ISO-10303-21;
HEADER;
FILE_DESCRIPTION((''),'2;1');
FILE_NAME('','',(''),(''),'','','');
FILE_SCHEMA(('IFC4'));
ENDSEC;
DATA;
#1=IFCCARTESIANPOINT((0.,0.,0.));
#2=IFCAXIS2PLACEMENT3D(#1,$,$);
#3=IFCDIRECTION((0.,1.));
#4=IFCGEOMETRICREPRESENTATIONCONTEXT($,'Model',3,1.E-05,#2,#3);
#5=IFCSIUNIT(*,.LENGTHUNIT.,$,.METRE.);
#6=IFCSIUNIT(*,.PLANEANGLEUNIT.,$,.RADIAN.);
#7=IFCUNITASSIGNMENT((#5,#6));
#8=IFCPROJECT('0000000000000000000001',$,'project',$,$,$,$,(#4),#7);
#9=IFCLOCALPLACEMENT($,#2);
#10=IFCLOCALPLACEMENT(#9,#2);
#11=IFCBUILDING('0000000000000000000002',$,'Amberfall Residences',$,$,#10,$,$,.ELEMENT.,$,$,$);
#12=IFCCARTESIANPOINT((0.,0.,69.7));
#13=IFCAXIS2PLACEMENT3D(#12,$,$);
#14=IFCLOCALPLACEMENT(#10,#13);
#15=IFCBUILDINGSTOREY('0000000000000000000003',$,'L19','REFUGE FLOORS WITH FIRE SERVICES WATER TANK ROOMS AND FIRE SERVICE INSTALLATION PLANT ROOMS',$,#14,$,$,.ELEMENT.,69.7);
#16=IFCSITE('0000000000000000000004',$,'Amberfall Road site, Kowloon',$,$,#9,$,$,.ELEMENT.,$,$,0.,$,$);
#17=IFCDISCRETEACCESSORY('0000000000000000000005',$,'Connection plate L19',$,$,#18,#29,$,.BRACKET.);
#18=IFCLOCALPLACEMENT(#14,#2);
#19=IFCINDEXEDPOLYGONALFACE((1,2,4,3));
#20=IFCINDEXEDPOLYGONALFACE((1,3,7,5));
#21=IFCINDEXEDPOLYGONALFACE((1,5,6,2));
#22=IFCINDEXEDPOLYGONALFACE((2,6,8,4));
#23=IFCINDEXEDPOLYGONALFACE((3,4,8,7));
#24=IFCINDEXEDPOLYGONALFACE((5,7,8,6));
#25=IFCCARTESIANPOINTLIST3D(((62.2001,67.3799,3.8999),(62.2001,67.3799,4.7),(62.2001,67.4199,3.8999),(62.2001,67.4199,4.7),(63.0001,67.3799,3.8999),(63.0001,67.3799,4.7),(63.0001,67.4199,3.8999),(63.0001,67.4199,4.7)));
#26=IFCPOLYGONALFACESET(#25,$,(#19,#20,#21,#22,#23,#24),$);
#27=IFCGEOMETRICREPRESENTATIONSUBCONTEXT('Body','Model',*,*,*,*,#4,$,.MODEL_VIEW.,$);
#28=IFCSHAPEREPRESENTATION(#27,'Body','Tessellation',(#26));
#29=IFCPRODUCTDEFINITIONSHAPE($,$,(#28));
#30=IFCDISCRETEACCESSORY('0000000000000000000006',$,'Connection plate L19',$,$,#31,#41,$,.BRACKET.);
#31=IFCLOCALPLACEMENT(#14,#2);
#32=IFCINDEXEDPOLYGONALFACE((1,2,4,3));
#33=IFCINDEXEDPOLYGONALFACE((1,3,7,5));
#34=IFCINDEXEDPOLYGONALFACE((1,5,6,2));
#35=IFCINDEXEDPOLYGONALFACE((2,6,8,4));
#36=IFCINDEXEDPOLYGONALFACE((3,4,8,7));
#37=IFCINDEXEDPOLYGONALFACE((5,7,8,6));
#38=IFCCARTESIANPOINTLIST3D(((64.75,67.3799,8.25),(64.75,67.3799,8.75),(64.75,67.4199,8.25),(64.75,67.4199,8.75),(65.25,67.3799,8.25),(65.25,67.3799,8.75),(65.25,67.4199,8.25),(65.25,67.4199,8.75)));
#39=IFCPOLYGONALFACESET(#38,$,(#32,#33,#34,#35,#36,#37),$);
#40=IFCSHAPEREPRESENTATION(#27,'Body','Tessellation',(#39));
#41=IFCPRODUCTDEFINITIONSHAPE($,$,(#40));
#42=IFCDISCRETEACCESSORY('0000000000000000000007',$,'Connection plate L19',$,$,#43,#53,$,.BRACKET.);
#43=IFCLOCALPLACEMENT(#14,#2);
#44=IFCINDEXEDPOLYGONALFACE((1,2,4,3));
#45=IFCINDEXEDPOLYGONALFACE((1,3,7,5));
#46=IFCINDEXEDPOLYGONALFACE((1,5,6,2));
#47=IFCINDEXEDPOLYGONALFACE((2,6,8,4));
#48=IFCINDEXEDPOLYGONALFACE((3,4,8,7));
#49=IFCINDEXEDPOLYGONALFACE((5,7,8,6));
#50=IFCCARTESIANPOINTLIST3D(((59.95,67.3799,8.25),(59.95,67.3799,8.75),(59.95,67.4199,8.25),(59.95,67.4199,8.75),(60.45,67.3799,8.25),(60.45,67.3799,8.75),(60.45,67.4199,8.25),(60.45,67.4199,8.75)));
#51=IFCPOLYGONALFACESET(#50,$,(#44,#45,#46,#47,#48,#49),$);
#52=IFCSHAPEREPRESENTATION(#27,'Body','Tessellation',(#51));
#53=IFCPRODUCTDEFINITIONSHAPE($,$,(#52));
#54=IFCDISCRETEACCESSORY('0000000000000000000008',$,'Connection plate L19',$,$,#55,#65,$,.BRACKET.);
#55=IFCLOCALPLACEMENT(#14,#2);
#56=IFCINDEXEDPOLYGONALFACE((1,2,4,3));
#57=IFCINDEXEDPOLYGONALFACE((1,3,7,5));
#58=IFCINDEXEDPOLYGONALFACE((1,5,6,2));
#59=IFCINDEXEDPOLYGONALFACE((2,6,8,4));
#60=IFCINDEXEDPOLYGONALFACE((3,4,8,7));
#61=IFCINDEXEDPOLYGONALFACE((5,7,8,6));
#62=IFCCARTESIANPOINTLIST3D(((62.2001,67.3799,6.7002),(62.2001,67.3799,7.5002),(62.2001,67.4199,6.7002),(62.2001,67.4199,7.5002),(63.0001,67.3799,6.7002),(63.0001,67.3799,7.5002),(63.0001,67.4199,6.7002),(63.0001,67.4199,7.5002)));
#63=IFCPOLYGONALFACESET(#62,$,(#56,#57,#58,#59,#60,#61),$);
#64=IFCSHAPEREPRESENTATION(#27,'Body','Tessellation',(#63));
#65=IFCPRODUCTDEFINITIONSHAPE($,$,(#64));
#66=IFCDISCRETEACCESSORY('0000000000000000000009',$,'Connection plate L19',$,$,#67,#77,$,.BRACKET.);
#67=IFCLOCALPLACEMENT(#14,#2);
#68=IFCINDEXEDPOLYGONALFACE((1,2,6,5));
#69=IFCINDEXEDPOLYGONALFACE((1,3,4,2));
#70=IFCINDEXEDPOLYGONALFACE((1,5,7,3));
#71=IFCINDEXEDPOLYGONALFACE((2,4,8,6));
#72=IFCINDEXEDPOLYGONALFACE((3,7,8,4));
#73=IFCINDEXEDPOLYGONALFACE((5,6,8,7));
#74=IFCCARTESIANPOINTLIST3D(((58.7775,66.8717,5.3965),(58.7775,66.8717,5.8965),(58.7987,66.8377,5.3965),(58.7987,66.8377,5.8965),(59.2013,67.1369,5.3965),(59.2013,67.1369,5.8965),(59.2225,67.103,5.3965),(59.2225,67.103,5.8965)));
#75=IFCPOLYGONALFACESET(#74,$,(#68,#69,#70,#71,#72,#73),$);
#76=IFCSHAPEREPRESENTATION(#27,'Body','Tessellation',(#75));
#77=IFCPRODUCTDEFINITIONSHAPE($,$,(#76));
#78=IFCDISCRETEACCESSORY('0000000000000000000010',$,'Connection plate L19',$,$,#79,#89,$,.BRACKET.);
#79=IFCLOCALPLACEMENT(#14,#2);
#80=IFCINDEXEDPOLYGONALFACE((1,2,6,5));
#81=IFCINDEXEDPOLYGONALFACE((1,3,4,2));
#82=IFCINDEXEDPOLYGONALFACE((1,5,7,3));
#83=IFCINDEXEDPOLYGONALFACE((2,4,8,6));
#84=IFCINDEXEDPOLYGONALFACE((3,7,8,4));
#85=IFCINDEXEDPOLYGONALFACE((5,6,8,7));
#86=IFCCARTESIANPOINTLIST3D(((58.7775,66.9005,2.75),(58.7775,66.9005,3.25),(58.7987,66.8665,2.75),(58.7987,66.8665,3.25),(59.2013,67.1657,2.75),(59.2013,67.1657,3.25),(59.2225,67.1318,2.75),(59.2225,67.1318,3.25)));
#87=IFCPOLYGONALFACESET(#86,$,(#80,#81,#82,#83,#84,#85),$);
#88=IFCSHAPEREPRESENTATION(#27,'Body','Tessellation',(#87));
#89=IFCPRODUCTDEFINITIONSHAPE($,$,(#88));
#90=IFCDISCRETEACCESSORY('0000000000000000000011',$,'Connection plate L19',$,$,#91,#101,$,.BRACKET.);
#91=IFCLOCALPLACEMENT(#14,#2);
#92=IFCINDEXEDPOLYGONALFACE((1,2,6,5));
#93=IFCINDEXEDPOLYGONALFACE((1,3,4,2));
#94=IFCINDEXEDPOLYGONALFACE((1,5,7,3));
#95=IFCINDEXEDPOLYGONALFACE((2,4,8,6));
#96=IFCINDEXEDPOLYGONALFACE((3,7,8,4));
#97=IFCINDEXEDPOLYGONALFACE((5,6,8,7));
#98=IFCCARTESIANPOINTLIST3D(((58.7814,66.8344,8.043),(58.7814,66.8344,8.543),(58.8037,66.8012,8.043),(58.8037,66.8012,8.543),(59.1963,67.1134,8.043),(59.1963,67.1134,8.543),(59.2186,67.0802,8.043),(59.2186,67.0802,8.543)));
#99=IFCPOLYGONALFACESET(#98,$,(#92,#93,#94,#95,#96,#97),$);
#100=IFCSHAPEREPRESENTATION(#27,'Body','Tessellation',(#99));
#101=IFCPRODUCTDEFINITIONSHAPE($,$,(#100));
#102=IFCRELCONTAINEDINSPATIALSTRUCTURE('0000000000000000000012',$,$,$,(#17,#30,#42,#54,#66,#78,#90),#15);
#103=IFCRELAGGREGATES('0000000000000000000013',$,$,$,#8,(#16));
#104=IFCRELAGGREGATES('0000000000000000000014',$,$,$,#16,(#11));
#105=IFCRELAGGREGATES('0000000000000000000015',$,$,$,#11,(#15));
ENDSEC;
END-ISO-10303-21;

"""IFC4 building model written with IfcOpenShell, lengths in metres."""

from ifc_helpers import new_model, si_unit, direction, frame, origin, origin_2d, place, context, subcontext, project, spatial, rectangle, extrude, element, save


model = new_model("IFC4")

# Units and contexts
model_context = context("Model", 3, precision=1e-05, world=origin(), true_north=direction((0.0, 1.0)))
body_context = subcontext(model_context, "Body", "Model", "MODEL_VIEW")
ifc_project = project(units=[si_unit("LENGTHUNIT", "METRE"), si_unit("PLANEANGLEUNIT", "RADIAN")], contexts=[model_context])

# Site, building, storey
site_placement = place(None, origin())
site = spatial("IfcSite", under=ifc_project, at=site_placement, Name="Amberfall Road site, Kowloon", CompositionType="ELEMENT", RefElevation=0.0)
building_placement = place(site_placement, origin())
building = spatial("IfcBuilding", under=site, at=building_placement, Name="Amberfall Residences", CompositionType="ELEMENT")
storey_placement = place(building_placement, frame((0.0, 0.0, 69.7)))
storey = spatial("IfcBuildingStorey", under=building, at=storey_placement, Name="L19", Description="REFUGE FLOORS WITH FIRE SERVICES WATER TANK ROOMS AND FIRE SERVICE INSTALLATION PLANT ROOMS", CompositionType="ELEMENT", Elevation=69.7)

# Discrete accessories
discrete_accessory_1_placement = place(storey_placement, frame((62.6001, 67.3999, 3.8999), z_axis=(0.0, 0.0, 1.0), x_axis=(1.0, 0.0, 0.0)))
element("IfcDiscreteAccessory", 1, at=discrete_accessory_1_placement, inside=storey, Name="Connection plate L19", PredefinedType="BRACKET", context=body_context, shape_type="SweptSolid", body=[
    extrude(rectangle(XDim=0.8, YDim=0.04, at=origin_2d()), origin(), (0.0, 0.0, 1.0), 0.8),
])
for number, where, z_axis, x_axis, name in (
    (2, (65.0, 67.3999, 8.25), (0.0, 0.0, 1.0), (1.0, 0.0, 0.0), "Connection plate L19"),
    (3, (60.2, 67.3999, 8.25), (0.0, 0.0, 1.0), (1.0, 0.0, 0.0), "Connection plate L19"),
):
    element("IfcDiscreteAccessory", number, at=place(storey_placement, frame(where, z_axis=z_axis, x_axis=x_axis)), inside=storey, Name=name, PredefinedType="BRACKET", context=body_context, shape_type="SweptSolid", body=[
        extrude(rectangle(XDim=0.5, YDim=0.04, at=origin_2d()), origin(), (0.0, 0.0, 1.0), 0.5),
    ])
discrete_accessory_2_placement = place(storey_placement, frame((62.6001, 67.3999, 6.7002), z_axis=(0.0, 0.0, 1.0), x_axis=(1.0, 0.0, 0.0)))
element("IfcDiscreteAccessory", 4, at=discrete_accessory_2_placement, inside=storey, Name="Connection plate L19", PredefinedType="BRACKET", context=body_context, shape_type="SweptSolid", body=[
    extrude(rectangle(XDim=0.8, YDim=0.04, at=origin_2d()), origin(), (0.0, 0.0, 1.0), 0.8),
])
for number, where, z_axis, x_axis, name in (
    (5, (59.0, 66.9873, 5.3965), (0.0, 0.0, 1.0), (0.847687, 0.530496, 0.0), "Connection plate L19"),
    (6, (59.0, 67.0161, 2.75), (0.0, 0.0, 1.0), (0.847687, 0.530496, 0.0), "Connection plate L19"),
    (7, (59.0, 66.9573, 8.043), (0.0, 0.0, 1.0), (0.829857, 0.557977, 0.0), "Connection plate L19"),
):
    element("IfcDiscreteAccessory", number, at=place(storey_placement, frame(where, z_axis=z_axis, x_axis=x_axis)), inside=storey, Name=name, PredefinedType="BRACKET", context=body_context, shape_type="SweptSolid", body=[
        extrude(rectangle(XDim=0.5, YDim=0.04, at=origin_2d()), origin(), (0.0, 0.0, 1.0), 0.5),
    ])

save(model, "model.ifc")
